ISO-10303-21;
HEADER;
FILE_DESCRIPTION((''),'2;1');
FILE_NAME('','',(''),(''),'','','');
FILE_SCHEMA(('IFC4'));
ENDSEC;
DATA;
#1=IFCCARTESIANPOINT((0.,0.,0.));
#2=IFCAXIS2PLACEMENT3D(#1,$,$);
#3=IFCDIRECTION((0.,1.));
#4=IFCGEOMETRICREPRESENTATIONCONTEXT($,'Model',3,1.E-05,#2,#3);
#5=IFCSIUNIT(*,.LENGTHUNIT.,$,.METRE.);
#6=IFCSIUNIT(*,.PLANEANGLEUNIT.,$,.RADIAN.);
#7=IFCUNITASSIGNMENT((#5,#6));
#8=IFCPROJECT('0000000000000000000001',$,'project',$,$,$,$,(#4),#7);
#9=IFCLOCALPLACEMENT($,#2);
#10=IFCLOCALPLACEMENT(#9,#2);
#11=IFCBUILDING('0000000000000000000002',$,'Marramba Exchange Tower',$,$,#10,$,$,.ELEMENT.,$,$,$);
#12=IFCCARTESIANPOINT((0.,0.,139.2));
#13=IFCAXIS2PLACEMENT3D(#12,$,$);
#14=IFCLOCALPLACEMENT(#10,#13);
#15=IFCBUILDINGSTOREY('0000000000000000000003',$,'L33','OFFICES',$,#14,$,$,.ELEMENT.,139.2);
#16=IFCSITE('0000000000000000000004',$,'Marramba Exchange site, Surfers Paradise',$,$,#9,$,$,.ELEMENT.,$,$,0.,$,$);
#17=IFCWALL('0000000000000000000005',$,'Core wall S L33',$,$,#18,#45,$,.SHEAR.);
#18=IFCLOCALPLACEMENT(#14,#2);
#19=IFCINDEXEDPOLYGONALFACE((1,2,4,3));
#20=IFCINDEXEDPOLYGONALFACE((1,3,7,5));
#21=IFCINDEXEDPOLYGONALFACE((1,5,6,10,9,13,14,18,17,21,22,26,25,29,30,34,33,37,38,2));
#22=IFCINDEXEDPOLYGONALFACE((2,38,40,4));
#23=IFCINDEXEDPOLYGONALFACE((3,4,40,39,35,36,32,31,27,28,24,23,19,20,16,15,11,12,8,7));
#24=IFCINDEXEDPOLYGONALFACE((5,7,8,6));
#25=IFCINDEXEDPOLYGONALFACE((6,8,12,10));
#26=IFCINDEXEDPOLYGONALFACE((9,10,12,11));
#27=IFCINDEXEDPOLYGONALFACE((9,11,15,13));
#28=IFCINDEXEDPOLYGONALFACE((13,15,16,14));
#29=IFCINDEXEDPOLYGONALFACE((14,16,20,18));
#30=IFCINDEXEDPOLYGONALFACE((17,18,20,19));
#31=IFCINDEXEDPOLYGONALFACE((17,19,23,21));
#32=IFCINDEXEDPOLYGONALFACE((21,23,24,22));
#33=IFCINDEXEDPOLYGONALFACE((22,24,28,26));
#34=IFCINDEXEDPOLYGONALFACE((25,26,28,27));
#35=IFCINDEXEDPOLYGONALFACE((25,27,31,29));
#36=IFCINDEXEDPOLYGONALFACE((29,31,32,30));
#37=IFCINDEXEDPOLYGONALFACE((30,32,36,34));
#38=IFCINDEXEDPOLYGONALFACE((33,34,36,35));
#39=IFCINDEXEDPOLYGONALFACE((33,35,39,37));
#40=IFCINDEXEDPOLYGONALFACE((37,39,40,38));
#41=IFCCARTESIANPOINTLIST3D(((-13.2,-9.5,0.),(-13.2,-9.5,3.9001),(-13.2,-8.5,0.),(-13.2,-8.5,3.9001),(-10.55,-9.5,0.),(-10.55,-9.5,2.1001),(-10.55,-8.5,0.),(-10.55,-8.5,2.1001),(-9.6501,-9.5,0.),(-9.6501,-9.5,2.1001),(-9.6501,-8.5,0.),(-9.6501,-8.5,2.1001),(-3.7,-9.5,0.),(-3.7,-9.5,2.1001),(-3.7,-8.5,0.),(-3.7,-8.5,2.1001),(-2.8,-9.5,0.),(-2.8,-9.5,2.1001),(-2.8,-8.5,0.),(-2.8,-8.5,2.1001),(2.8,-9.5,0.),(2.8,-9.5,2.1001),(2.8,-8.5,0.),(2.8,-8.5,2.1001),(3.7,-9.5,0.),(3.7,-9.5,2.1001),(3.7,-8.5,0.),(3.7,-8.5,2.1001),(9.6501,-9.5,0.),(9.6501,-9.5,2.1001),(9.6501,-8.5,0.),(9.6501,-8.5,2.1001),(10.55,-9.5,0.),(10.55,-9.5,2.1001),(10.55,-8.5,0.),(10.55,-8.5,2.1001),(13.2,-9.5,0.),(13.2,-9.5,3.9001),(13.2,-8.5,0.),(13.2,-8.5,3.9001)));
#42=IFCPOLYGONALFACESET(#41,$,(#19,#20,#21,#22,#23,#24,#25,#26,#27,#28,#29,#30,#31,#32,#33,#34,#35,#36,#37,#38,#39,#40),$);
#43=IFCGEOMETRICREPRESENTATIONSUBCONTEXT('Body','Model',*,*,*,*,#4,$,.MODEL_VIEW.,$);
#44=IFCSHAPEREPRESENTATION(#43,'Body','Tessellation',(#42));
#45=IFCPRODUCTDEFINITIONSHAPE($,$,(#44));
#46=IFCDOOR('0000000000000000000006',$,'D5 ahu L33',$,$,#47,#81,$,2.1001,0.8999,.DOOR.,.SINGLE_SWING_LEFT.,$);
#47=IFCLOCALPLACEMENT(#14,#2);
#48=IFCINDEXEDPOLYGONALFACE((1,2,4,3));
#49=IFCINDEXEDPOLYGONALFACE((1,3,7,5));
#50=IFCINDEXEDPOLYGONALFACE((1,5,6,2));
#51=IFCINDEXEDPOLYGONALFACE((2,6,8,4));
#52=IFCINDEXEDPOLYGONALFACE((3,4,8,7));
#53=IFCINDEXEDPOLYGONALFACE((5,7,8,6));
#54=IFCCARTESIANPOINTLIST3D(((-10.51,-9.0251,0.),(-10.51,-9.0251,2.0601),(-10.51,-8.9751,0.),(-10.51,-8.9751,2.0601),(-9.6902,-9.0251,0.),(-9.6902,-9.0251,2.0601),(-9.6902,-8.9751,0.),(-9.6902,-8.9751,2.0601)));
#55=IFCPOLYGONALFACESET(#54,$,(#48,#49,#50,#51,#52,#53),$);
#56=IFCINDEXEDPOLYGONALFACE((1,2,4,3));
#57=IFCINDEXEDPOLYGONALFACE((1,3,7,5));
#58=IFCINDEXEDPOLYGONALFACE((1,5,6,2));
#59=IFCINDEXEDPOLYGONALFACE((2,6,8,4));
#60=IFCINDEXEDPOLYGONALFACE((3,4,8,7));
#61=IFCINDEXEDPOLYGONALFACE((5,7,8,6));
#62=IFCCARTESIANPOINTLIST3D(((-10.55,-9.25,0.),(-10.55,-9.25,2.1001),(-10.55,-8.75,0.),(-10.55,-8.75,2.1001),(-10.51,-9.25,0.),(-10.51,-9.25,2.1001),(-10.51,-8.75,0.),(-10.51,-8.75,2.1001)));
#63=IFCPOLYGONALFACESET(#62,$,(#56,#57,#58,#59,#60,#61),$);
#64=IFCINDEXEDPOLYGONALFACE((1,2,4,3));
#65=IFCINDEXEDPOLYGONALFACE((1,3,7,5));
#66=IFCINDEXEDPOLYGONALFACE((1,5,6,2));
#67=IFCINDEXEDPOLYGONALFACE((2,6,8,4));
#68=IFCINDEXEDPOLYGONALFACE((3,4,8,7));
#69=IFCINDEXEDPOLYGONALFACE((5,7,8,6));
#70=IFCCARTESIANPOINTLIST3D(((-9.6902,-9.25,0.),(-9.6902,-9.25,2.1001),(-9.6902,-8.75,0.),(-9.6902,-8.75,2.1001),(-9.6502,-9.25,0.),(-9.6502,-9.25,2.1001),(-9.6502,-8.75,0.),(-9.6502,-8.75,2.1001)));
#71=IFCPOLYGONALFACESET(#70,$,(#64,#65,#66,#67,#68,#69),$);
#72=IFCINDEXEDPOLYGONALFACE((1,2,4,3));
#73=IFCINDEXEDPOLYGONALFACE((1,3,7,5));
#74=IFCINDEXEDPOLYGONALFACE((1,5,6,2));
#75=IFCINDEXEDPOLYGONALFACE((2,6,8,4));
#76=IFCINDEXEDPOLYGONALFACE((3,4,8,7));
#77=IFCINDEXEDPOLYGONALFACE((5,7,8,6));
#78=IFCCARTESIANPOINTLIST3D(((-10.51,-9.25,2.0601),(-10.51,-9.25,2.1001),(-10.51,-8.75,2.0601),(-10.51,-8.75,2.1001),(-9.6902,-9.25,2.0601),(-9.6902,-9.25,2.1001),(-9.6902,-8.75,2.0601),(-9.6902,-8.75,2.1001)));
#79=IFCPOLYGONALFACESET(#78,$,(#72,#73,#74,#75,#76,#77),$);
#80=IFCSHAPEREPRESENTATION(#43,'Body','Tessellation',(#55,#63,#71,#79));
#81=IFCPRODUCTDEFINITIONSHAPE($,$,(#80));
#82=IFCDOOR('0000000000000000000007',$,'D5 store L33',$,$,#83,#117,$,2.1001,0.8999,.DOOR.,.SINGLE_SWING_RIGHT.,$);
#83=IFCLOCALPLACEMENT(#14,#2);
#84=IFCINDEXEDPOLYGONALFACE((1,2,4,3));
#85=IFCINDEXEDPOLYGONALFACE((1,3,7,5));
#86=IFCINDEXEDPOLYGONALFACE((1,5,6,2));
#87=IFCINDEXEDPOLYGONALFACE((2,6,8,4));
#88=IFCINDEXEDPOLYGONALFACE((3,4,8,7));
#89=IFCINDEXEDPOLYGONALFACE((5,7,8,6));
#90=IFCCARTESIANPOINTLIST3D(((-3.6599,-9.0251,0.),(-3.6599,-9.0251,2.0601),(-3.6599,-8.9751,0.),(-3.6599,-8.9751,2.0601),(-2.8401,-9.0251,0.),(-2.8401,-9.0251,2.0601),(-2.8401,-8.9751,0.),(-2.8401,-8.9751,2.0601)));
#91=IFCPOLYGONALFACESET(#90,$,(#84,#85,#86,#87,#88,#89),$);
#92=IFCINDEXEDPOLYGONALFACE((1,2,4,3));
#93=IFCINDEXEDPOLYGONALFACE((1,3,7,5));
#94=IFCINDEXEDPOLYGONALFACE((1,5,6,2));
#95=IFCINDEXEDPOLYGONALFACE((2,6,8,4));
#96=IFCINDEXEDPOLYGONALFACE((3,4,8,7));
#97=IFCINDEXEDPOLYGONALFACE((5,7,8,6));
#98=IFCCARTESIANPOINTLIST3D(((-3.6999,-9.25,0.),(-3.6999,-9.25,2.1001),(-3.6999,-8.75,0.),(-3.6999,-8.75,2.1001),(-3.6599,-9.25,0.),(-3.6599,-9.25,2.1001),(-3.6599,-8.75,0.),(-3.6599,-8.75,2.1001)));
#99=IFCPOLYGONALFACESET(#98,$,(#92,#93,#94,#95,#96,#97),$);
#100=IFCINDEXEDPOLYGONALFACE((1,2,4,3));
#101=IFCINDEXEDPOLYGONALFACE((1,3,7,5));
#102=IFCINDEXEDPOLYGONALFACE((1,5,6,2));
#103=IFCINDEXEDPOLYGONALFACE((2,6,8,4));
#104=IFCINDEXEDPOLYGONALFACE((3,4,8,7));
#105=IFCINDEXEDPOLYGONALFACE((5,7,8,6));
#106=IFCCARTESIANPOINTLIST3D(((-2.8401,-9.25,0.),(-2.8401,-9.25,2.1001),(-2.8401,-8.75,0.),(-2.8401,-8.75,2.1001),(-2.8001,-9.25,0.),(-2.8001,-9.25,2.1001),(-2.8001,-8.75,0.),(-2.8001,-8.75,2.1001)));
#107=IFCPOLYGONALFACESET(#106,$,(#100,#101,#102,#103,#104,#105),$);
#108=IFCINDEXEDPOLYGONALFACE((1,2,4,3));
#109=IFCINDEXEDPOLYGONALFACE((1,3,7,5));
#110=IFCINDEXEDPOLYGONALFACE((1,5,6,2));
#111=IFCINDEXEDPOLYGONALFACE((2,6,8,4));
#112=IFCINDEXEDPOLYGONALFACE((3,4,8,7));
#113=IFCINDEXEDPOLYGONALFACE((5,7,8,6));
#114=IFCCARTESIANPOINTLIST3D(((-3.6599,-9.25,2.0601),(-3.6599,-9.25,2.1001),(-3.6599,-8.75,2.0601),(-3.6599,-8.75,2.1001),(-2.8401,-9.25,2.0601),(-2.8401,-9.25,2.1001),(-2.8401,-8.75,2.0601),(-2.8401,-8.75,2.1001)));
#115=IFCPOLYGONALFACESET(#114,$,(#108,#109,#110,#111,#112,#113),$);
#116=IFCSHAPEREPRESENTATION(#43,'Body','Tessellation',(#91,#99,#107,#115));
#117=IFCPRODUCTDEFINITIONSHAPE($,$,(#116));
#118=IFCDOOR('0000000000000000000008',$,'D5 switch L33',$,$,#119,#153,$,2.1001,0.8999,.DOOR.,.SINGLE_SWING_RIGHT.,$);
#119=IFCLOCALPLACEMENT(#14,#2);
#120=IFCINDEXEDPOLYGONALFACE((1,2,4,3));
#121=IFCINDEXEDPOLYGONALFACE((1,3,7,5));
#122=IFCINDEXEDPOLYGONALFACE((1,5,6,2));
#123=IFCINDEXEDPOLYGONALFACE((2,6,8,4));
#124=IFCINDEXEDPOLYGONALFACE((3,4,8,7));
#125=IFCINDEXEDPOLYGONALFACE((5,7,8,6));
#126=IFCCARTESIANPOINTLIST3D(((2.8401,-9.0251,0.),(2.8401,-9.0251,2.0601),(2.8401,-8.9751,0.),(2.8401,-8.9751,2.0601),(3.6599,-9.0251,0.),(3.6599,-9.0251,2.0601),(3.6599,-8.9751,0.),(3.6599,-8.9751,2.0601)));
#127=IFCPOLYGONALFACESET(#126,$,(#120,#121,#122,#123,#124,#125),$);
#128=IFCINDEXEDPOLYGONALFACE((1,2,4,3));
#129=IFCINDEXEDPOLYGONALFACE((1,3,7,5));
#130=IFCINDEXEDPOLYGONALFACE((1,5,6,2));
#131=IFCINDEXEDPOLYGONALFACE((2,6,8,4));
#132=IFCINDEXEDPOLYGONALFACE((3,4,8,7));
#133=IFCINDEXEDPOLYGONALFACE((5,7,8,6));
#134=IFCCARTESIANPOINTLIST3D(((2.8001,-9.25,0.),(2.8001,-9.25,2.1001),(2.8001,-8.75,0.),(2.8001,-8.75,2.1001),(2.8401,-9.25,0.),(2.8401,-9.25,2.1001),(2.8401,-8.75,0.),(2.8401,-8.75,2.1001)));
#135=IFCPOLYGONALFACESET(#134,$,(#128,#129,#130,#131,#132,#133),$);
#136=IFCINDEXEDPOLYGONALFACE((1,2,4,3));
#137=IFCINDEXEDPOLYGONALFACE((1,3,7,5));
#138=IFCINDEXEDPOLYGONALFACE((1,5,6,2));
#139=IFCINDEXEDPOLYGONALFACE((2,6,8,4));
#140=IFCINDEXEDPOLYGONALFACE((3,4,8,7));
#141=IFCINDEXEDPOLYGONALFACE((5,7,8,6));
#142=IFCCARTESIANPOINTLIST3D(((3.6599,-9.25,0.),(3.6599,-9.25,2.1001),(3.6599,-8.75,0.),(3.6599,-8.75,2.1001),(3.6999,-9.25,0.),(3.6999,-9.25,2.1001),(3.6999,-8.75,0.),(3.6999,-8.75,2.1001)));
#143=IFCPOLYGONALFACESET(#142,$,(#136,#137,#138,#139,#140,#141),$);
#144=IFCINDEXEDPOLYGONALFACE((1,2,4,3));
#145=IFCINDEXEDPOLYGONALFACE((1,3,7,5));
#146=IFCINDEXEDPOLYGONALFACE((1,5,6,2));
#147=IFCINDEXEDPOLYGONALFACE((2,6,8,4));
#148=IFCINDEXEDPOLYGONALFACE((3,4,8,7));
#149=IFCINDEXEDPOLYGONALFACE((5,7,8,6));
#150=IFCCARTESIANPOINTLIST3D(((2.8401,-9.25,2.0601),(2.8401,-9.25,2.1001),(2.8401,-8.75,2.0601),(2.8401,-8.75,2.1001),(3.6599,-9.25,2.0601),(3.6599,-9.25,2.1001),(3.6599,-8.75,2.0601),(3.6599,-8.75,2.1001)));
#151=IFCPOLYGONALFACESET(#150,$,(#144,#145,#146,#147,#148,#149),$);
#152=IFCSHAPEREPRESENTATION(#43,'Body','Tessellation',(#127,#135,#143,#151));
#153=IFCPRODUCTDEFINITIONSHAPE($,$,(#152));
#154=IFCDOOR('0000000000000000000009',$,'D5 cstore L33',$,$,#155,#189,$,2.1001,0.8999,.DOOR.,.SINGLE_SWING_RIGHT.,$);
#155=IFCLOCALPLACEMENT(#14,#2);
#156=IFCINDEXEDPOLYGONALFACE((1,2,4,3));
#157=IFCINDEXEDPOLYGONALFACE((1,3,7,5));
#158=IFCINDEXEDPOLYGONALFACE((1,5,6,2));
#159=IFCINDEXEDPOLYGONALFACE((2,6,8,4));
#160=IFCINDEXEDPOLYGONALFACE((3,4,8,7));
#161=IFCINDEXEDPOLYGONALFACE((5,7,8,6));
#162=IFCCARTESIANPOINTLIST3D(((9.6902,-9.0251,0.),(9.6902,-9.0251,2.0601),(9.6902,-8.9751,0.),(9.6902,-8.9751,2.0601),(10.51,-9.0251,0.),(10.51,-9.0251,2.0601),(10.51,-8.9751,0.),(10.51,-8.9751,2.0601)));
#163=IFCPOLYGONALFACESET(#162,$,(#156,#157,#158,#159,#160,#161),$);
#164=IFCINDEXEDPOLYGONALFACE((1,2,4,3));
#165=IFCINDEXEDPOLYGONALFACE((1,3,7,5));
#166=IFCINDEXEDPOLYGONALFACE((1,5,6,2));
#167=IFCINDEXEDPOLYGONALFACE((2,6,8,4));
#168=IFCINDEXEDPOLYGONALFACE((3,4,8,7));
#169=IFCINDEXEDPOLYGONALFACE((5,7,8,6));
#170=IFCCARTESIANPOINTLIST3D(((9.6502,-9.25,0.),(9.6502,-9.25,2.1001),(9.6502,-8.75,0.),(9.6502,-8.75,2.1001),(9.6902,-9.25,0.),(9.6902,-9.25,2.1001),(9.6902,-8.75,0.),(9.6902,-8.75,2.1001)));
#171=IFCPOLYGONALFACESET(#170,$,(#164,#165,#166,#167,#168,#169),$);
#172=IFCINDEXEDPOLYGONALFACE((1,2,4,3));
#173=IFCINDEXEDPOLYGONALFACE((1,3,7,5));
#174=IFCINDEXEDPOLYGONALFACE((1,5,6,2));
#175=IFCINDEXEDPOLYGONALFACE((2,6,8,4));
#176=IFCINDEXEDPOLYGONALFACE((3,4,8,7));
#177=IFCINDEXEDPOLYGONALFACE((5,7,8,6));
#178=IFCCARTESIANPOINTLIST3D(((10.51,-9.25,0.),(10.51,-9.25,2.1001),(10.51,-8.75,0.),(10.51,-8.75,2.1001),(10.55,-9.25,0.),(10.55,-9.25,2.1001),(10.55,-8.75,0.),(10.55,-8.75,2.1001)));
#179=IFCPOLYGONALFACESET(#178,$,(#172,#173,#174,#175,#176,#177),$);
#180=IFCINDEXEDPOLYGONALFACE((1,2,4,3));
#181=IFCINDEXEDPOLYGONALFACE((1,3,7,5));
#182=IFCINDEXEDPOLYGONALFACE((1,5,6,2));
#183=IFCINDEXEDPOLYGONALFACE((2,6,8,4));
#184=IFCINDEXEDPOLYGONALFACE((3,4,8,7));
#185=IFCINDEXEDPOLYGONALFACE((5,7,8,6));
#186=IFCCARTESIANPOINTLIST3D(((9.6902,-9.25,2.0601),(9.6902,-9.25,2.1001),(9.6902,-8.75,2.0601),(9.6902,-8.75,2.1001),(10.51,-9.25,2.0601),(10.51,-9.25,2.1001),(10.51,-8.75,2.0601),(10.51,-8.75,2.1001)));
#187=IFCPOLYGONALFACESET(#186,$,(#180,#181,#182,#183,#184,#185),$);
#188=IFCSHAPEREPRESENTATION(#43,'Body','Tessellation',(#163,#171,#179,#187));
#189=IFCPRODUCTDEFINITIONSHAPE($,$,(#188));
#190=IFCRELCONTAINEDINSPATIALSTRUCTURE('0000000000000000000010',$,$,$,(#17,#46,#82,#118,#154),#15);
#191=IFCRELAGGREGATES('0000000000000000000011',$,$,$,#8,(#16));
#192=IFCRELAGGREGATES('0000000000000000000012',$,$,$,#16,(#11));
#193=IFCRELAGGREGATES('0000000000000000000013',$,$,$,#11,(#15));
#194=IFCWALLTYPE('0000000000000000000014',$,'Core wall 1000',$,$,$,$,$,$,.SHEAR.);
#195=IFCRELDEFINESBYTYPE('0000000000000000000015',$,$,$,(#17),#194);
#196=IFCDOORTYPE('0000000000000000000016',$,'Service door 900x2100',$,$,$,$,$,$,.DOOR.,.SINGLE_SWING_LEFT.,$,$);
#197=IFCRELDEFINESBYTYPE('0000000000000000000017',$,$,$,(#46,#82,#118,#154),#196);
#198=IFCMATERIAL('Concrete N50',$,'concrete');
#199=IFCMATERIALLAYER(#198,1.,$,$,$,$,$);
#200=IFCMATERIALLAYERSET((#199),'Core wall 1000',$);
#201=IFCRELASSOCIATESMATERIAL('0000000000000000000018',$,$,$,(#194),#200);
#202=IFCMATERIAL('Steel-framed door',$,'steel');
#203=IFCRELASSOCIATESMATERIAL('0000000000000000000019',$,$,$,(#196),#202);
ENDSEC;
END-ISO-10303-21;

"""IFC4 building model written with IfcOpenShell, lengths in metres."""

from ifc_helpers import new_model, si_unit, direction, frame, frame_2d, origin, place, context, subcontext, project, spatial, rectangle, extrude, material, layer, layer_set, type_object, element, fill, save


model = new_model("IFC4")

# Units and contexts
model_context = context("Model", 3, precision=1e-05, world=origin(), true_north=direction((0.0, 1.0)))
body_context = subcontext(model_context, "Body", "Model", "MODEL_VIEW")
ifc_project = project(units=[si_unit("LENGTHUNIT", "METRE"), si_unit("PLANEANGLEUNIT", "RADIAN")], contexts=[model_context])

# Site, building, storey
site_placement = place(None, origin())
site = spatial("IfcSite", under=ifc_project, at=site_placement, Name="Marramba Exchange site, Surfers Paradise", CompositionType="ELEMENT", RefElevation=0.0)
building_placement = place(site_placement, origin())
building = spatial("IfcBuilding", under=site, at=building_placement, Name="Marramba Exchange Tower", CompositionType="ELEMENT")
storey_placement = place(building_placement, frame((0.0, 0.0, 139.2)))
storey = spatial("IfcBuildingStorey", under=building, at=storey_placement, Name="L33", Description="OFFICES", CompositionType="ELEMENT", Elevation=139.2)

# Shared definitions
ifc_material_1 = material(Name="Concrete N50", Category="concrete")

# Wall, openings, doors
ifc_layer_1 = layer(ifc_material_1, 1.0)
ifc_layer_set_1 = layer_set([ifc_layer_1], Name="Core wall 1000")
wall_type = type_object("IfcWallType", Name="Core wall 1000", PredefinedType="SHEAR", material=ifc_layer_set_1)
wall_placement = place(storey_placement, frame((-13.2, -9.0, 0.0), z_axis=(0.0, 0.0, 1.0), x_axis=(1.0, 0.0, 0.0)))
wall = element("IfcWall", 1, at=wall_placement, inside=storey, type_object=wall_type, Name="Core wall S L33", PredefinedType="SHEAR", context=body_context, shape_type="SweptSolid", body=[
    extrude(rectangle(XDim=26.3999, YDim=1.0, at=frame_2d((13.2, 0.0))), origin(), (0.0, 0.0, 1.0), 3.9001),
])
opening_1_placement = place(wall_placement, frame((2.6499, 0.0, 0.0)))
opening_1 = element("IfcOpeningElement", 2, at=opening_1_placement, cuts=wall, PredefinedType="OPENING", context=body_context, shape_type="SweptSolid", body=[
    extrude(rectangle(XDim=0.8999, YDim=2.1001, at=frame_2d((0.45, 1.05))), frame((0.0, 0.51, 0.0), z_axis=(0.0, -1.0, 0.0), x_axis=(1.0, 0.0, 0.0)), (0.0, 0.0, 1.0), 1.02),
])
opening_2_placement = place(wall_placement, frame((9.5, 0.0, 0.0)))
opening_2 = element("IfcOpeningElement", 3, at=opening_2_placement, cuts=wall, PredefinedType="OPENING", context=body_context, shape_type="SweptSolid", body=[
    extrude(rectangle(XDim=0.8999, YDim=2.1001, at=frame_2d((0.45, 1.05))), frame((0.0, 0.51, 0.0), z_axis=(0.0, -1.0, 0.0), x_axis=(1.0, 0.0, 0.0)), (0.0, 0.0, 1.0), 1.02),
])
opening_3_placement = place(wall_placement, frame((16.0, 0.0, 0.0)))
opening_3 = element("IfcOpeningElement", 4, at=opening_3_placement, cuts=wall, PredefinedType="OPENING", context=body_context, shape_type="SweptSolid", body=[
    extrude(rectangle(XDim=0.8999, YDim=2.1001, at=frame_2d((0.45, 1.05))), frame((0.0, 0.51, 0.0), z_axis=(0.0, -1.0, 0.0), x_axis=(1.0, 0.0, 0.0)), (0.0, 0.0, 1.0), 1.02),
])
opening_4_placement = place(wall_placement, frame((22.8501, 0.0, 0.0)))
opening_4 = element("IfcOpeningElement", 5, at=opening_4_placement, cuts=wall, PredefinedType="OPENING", context=body_context, shape_type="SweptSolid", body=[
    extrude(rectangle(XDim=0.8999, YDim=2.1001, at=frame_2d((0.45, 1.05))), frame((0.0, 0.51, 0.0), z_axis=(0.0, -1.0, 0.0), x_axis=(1.0, 0.0, 0.0)), (0.0, 0.0, 1.0), 1.02),
])
ifc_material_2 = material(Name="Steel-framed door", Category="steel")
door_type = type_object("IfcDoorType", Name="Service door 900x2100", OperationType="SINGLE_SWING_LEFT", PredefinedType="DOOR", material=ifc_material_2)
door_1_placement = place(opening_1_placement, origin())
door_1 = element("IfcDoor", 6, at=door_1_placement, inside=storey, type_object=door_type, Name="D5 ahu L33", OperationType="SINGLE_SWING_LEFT", OverallHeight=2.1001, OverallWidth=0.8999, PredefinedType="DOOR", context=body_context, shape_type="SweptSolid", body=[
    extrude(rectangle(XDim=0.8198, YDim=2.0601, at=frame_2d((0.45, 1.03))), frame((0.0, 0.0249, 0.0), z_axis=(0.0, -1.0, 0.0), x_axis=(1.0, 0.0, 0.0)), (0.0, 0.0, 1.0), 0.05),
    extrude(rectangle(XDim=0.04, YDim=2.1001, at=frame_2d((0.02, 1.05))), frame((0.0, 0.25, 0.0), z_axis=(0.0, -1.0, 0.0), x_axis=(1.0, 0.0, 0.0)), (0.0, 0.0, 1.0), 0.5),
    extrude(rectangle(XDim=0.04, YDim=2.1001, at=frame_2d((0.8799, 1.05))), frame((0.0, 0.25, 0.0), z_axis=(0.0, -1.0, 0.0), x_axis=(1.0, 0.0, 0.0)), (0.0, 0.0, 1.0), 0.5),
    extrude(rectangle(XDim=0.8198, YDim=0.04, at=frame_2d((0.45, 2.0801))), frame((0.0, 0.25, 0.0), z_axis=(0.0, -1.0, 0.0), x_axis=(1.0, 0.0, 0.0)), (0.0, 0.0, 1.0), 0.5),
])
fill(opening_1, door_1)
door_2_placement = place(opening_2_placement, origin())
door_2 = element("IfcDoor", 7, at=door_2_placement, inside=storey, type_object=door_type, Name="D5 store L33", OperationType="SINGLE_SWING_RIGHT", OverallHeight=2.1001, OverallWidth=0.8999, PredefinedType="DOOR", context=body_context, shape_type="SweptSolid", body=[
    extrude(rectangle(XDim=0.8198, YDim=2.0601, at=frame_2d((0.45, 1.03))), frame((0.0, 0.0249, 0.0), z_axis=(0.0, -1.0, 0.0), x_axis=(1.0, 0.0, 0.0)), (0.0, 0.0, 1.0), 0.05),
    extrude(rectangle(XDim=0.04, YDim=2.1001, at=frame_2d((0.02, 1.05))), frame((0.0, 0.25, 0.0), z_axis=(0.0, -1.0, 0.0), x_axis=(1.0, 0.0, 0.0)), (0.0, 0.0, 1.0), 0.5),
    extrude(rectangle(XDim=0.04, YDim=2.1001, at=frame_2d((0.8799, 1.05))), frame((0.0, 0.25, 0.0), z_axis=(0.0, -1.0, 0.0), x_axis=(1.0, 0.0, 0.0)), (0.0, 0.0, 1.0), 0.5),
    extrude(rectangle(XDim=0.8198, YDim=0.04, at=frame_2d((0.45, 2.0801))), frame((0.0, 0.25, 0.0), z_axis=(0.0, -1.0, 0.0), x_axis=(1.0, 0.0, 0.0)), (0.0, 0.0, 1.0), 0.5),
])
fill(opening_2, door_2)
door_3_placement = place(opening_3_placement, origin())
door_3 = element("IfcDoor", 8, at=door_3_placement, inside=storey, type_object=door_type, Name="D5 switch L33", OperationType="SINGLE_SWING_RIGHT", OverallHeight=2.1001, OverallWidth=0.8999, PredefinedType="DOOR", context=body_context, shape_type="SweptSolid", body=[
    extrude(rectangle(XDim=0.8198, YDim=2.0601, at=frame_2d((0.45, 1.03))), frame((0.0, 0.0249, 0.0), z_axis=(0.0, -1.0, 0.0), x_axis=(1.0, 0.0, 0.0)), (0.0, 0.0, 1.0), 0.05),
    extrude(rectangle(XDim=0.04, YDim=2.1001, at=frame_2d((0.02, 1.05))), frame((0.0, 0.25, 0.0), z_axis=(0.0, -1.0, 0.0), x_axis=(1.0, 0.0, 0.0)), (0.0, 0.0, 1.0), 0.5),
    extrude(rectangle(XDim=0.04, YDim=2.1001, at=frame_2d((0.8799, 1.05))), frame((0.0, 0.25, 0.0), z_axis=(0.0, -1.0, 0.0), x_axis=(1.0, 0.0, 0.0)), (0.0, 0.0, 1.0), 0.5),
    extrude(rectangle(XDim=0.8198, YDim=0.04, at=frame_2d((0.45, 2.0801))), frame((0.0, 0.25, 0.0), z_axis=(0.0, -1.0, 0.0), x_axis=(1.0, 0.0, 0.0)), (0.0, 0.0, 1.0), 0.5),
])
fill(opening_3, door_3)
door_4_placement = place(opening_4_placement, origin())
door_4 = element("IfcDoor", 9, at=door_4_placement, inside=storey, type_object=door_type, Name="D5 cstore L33", OperationType="SINGLE_SWING_RIGHT", OverallHeight=2.1001, OverallWidth=0.8999, PredefinedType="DOOR", context=body_context, shape_type="SweptSolid", body=[
    extrude(rectangle(XDim=0.8198, YDim=2.0601, at=frame_2d((0.45, 1.03))), frame((0.0, 0.0249, 0.0), z_axis=(0.0, -1.0, 0.0), x_axis=(1.0, 0.0, 0.0)), (0.0, 0.0, 1.0), 0.05),
    extrude(rectangle(XDim=0.04, YDim=2.1001, at=frame_2d((0.02, 1.05))), frame((0.0, 0.25, 0.0), z_axis=(0.0, -1.0, 0.0), x_axis=(1.0, 0.0, 0.0)), (0.0, 0.0, 1.0), 0.5),
    extrude(rectangle(XDim=0.04, YDim=2.1001, at=frame_2d((0.8799, 1.05))), frame((0.0, 0.25, 0.0), z_axis=(0.0, -1.0, 0.0), x_axis=(1.0, 0.0, 0.0)), (0.0, 0.0, 1.0), 0.5),
    extrude(rectangle(XDim=0.8198, YDim=0.04, at=frame_2d((0.45, 2.0801))), frame((0.0, 0.25, 0.0), z_axis=(0.0, -1.0, 0.0), x_axis=(1.0, 0.0, 0.0)), (0.0, 0.0, 1.0), 0.5),
])
fill(opening_4, door_4)

save(model, "model.ifc")
